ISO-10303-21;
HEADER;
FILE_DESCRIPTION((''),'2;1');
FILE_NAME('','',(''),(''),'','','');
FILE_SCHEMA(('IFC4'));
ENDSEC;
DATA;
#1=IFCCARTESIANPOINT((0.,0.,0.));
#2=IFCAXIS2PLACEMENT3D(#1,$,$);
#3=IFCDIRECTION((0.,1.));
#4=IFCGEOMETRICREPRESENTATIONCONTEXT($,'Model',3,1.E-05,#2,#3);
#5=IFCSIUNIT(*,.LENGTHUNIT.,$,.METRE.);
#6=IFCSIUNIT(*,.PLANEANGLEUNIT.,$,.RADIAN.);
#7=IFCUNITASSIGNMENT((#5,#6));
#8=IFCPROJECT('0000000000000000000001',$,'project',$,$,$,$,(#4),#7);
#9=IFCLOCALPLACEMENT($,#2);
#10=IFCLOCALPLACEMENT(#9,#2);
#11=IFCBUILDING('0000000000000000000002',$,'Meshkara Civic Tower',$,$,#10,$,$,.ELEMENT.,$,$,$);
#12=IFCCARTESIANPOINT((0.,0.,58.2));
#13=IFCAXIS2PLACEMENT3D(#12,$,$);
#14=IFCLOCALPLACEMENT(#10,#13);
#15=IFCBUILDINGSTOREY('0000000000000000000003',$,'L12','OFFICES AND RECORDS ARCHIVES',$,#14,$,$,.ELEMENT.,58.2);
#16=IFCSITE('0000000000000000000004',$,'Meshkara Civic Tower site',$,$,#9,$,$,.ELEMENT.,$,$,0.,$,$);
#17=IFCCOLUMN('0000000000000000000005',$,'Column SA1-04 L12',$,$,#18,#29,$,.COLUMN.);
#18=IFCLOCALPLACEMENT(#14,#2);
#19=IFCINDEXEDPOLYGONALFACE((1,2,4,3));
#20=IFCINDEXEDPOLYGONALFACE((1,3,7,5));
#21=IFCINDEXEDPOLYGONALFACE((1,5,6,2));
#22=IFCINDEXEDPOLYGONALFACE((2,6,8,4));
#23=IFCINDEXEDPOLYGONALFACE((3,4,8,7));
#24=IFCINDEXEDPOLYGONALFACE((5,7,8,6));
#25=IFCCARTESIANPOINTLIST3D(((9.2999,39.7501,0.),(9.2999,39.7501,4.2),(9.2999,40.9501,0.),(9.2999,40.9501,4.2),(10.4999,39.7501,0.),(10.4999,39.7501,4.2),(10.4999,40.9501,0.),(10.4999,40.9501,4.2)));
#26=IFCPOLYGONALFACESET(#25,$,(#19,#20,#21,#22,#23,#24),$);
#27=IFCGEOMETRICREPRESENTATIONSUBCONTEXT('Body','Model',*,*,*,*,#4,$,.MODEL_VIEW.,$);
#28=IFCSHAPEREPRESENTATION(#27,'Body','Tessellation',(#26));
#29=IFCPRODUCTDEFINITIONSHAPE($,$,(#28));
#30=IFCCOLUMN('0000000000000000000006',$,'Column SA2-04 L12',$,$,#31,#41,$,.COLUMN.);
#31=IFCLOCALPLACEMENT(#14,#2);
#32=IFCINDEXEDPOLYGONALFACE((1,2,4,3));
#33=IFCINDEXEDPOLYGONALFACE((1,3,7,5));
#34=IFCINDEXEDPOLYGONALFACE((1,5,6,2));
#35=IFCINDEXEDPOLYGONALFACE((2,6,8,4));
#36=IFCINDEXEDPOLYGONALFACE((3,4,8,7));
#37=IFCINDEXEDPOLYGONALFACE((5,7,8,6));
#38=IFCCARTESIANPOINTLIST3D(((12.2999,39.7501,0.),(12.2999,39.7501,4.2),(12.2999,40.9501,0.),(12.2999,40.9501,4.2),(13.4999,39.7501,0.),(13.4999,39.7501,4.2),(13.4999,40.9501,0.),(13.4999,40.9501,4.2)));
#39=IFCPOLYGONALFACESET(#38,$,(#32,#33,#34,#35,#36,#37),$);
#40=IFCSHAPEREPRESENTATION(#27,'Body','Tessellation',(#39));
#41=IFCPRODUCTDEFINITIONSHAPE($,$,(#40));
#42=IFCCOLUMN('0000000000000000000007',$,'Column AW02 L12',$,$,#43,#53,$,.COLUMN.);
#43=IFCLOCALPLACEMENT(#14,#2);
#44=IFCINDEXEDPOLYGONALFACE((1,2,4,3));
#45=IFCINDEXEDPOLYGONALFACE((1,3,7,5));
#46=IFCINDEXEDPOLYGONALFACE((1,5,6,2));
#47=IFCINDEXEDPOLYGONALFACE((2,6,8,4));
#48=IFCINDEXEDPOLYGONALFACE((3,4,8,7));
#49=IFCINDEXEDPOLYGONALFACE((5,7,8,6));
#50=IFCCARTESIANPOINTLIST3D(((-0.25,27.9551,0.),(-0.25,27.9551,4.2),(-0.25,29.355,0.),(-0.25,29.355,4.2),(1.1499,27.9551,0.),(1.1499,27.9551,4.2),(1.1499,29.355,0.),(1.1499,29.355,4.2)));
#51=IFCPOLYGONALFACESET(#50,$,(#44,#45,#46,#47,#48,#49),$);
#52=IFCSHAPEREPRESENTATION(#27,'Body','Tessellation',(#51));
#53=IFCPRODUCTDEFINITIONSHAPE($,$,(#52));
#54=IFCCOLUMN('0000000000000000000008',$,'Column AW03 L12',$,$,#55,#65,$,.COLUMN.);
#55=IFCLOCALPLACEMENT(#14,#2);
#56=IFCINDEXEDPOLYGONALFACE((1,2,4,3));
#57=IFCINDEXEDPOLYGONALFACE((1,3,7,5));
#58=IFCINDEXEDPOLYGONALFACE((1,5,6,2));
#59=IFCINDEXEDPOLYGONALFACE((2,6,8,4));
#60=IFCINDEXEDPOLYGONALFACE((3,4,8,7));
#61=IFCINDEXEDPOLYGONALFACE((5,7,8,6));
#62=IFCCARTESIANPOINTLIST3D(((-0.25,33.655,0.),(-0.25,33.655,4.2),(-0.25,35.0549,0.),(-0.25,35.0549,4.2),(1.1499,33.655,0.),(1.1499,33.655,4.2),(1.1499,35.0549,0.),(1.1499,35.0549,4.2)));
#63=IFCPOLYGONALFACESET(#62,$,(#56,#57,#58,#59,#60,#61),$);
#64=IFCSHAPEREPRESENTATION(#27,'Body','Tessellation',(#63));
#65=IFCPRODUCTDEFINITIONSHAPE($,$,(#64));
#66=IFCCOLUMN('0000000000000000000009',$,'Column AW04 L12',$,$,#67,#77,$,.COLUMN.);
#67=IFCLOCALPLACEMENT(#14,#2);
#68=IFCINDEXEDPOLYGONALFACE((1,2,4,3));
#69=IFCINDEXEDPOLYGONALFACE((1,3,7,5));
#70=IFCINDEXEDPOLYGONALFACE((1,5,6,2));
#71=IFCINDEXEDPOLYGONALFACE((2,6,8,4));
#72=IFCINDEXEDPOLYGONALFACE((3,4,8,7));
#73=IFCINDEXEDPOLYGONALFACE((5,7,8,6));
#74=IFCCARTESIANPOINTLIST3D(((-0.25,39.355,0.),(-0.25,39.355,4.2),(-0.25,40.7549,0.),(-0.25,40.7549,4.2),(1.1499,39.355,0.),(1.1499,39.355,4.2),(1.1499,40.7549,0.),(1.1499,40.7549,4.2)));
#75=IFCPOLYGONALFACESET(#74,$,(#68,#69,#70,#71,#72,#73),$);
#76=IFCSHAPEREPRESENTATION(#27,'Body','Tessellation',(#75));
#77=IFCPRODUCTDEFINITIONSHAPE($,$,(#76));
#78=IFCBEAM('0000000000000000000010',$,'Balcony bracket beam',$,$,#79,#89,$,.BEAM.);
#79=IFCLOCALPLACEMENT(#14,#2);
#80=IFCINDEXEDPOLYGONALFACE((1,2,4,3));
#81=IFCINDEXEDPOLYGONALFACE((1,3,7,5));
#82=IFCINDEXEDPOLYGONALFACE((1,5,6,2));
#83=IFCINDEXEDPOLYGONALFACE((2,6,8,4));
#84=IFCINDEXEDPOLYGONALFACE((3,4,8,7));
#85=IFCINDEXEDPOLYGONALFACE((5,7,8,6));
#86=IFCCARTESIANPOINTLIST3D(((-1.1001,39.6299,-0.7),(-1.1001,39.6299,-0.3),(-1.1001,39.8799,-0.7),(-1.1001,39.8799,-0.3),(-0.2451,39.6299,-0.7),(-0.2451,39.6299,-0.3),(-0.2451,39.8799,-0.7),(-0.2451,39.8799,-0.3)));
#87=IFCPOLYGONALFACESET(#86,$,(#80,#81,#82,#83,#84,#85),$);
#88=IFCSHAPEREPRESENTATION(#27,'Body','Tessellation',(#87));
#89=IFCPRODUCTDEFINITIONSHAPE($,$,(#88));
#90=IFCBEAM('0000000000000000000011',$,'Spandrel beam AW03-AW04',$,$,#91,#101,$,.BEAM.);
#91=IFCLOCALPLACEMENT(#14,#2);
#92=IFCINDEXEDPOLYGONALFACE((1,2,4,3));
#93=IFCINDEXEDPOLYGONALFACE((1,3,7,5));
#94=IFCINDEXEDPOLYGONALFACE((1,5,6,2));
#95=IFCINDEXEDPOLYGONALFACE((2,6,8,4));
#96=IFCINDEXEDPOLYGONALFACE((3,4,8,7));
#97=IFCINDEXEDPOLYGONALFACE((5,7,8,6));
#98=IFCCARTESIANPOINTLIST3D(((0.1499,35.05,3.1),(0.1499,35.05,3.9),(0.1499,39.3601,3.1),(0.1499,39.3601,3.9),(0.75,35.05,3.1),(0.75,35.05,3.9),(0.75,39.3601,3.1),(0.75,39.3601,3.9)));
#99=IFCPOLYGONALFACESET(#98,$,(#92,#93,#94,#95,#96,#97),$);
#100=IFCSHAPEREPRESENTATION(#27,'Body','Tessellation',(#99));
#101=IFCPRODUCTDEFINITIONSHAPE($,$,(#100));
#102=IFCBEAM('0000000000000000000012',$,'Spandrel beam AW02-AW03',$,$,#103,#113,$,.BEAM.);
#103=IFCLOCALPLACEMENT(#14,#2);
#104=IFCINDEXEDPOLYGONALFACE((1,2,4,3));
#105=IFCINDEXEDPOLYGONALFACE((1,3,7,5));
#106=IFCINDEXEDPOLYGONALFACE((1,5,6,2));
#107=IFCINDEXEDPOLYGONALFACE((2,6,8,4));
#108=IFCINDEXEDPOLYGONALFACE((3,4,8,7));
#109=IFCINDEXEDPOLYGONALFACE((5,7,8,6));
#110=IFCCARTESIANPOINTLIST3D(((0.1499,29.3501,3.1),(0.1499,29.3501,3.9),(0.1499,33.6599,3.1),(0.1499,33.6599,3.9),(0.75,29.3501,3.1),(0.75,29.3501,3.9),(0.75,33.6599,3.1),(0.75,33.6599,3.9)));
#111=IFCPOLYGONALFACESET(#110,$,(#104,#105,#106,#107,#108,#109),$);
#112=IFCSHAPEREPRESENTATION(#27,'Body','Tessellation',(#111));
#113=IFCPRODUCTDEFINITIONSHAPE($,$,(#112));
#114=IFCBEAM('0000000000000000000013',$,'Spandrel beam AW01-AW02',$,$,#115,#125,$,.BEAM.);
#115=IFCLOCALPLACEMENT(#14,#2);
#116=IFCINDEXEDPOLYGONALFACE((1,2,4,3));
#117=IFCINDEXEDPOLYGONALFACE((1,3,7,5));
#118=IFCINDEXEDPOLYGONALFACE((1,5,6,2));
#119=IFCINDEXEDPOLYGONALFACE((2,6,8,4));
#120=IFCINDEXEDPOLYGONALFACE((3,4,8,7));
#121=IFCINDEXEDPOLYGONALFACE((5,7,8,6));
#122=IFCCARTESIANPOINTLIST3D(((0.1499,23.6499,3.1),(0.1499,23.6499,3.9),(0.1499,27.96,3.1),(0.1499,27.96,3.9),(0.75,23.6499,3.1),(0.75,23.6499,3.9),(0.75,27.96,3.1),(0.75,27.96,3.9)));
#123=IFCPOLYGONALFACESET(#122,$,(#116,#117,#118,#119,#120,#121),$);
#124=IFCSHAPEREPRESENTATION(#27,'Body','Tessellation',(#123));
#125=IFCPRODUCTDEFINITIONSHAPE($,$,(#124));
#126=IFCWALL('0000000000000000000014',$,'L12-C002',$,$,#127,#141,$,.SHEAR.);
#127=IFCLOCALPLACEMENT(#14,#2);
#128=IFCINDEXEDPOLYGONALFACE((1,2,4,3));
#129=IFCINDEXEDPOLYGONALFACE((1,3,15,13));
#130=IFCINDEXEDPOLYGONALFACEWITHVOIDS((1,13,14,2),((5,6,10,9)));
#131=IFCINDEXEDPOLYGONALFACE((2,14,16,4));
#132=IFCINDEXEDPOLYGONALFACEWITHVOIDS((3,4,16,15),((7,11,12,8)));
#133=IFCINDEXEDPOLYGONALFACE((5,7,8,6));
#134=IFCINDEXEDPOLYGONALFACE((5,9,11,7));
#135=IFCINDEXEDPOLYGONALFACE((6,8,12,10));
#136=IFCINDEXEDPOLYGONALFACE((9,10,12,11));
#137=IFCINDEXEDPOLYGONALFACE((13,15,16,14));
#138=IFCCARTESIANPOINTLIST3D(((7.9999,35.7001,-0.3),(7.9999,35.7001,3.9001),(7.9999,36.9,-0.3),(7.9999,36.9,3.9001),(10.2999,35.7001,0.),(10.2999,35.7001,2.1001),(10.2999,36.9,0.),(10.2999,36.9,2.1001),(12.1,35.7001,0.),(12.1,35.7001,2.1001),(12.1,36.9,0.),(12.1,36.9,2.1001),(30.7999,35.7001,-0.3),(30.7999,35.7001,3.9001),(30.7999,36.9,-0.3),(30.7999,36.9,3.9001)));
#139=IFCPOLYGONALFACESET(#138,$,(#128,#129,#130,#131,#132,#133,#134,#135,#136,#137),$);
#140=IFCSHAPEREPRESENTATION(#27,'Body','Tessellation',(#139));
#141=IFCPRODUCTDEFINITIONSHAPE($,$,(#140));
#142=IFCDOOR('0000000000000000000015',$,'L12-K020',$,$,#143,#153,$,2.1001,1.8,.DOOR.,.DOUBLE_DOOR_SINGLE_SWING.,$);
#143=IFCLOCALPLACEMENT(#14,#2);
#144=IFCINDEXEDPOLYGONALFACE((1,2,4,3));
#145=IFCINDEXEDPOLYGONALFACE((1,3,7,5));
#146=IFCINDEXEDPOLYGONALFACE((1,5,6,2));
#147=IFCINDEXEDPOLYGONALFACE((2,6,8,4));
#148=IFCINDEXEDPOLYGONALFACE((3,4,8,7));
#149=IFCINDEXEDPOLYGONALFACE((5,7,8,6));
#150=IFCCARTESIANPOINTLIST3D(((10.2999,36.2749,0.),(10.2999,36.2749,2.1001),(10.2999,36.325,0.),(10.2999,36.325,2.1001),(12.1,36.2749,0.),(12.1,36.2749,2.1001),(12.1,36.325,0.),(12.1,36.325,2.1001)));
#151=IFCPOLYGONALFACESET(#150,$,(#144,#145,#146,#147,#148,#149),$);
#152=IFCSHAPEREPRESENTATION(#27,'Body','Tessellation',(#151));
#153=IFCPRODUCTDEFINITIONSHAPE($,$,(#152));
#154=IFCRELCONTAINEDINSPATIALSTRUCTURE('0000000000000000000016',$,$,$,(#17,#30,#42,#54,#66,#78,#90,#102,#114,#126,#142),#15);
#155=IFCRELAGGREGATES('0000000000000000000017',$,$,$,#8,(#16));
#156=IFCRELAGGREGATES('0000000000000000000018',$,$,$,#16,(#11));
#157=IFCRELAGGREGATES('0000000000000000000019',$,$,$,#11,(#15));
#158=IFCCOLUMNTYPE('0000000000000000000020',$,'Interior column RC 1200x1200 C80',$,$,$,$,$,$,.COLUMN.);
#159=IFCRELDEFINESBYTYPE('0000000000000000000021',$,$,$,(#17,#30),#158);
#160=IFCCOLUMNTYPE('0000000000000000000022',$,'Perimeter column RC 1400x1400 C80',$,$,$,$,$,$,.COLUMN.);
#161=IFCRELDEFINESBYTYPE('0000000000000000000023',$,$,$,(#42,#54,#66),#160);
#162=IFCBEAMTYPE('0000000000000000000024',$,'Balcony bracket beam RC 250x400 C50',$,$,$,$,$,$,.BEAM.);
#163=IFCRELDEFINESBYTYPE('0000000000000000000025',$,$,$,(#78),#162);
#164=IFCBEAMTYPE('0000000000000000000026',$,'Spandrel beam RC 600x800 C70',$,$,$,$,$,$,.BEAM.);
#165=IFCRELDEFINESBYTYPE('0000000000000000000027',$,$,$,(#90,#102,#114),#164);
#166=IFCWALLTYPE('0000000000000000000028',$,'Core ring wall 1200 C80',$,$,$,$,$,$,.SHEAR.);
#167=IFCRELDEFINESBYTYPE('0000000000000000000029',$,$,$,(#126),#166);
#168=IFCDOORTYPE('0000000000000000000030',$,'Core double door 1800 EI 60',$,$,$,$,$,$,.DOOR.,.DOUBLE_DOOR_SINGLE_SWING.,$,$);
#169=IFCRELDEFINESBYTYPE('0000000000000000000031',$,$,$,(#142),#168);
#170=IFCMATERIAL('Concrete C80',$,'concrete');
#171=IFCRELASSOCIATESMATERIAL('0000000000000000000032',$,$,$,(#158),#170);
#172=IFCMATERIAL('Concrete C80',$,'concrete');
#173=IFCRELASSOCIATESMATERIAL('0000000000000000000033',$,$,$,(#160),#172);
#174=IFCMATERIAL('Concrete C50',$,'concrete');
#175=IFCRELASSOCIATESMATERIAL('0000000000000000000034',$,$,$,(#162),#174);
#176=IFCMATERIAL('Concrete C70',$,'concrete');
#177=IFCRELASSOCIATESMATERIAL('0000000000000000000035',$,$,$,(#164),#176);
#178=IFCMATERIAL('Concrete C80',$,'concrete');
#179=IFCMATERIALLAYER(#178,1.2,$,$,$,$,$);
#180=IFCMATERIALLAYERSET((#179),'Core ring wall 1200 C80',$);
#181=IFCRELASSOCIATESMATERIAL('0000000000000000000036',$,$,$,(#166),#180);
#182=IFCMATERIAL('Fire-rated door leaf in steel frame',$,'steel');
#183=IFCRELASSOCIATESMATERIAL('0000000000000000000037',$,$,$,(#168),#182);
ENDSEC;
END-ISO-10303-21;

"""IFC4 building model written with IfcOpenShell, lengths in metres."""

from ifc_helpers import new_model, si_unit, direction, frame, frame_2d, origin, origin_2d, place, context, subcontext, project, spatial, rectangle, extrude, material, layer, layer_set, material_profile, profile_set, type_object, element, fill, save


model = new_model("IFC4")

# Units and contexts
model_context = context("Model", 3, precision=1e-05, world=origin(), true_north=direction((0.0, 1.0)))
body_context = subcontext(model_context, "Body", "Model", "MODEL_VIEW")
ifc_project = project(units=[si_unit("LENGTHUNIT", "METRE"), si_unit("PLANEANGLEUNIT", "RADIAN")], contexts=[model_context])

# Site, building, storey
site_placement = place(None, origin())
site = spatial("IfcSite", under=ifc_project, at=site_placement, Name="Meshkara Civic Tower site", CompositionType="ELEMENT", RefElevation=0.0)
building_placement = place(site_placement, origin())
building = spatial("IfcBuilding", under=site, at=building_placement, Name="Meshkara Civic Tower", CompositionType="ELEMENT")
storey_placement = place(building_placement, frame((0.0, 0.0, 58.2)))
storey = spatial("IfcBuildingStorey", under=building, at=storey_placement, Name="L12", Description="OFFICES AND RECORDS ARCHIVES", CompositionType="ELEMENT", Elevation=58.2)

# Columns
ifc_material_1 = material(Name="Concrete C80", Category="concrete")
ifc_material_profile_1 = material_profile(ifc_material_1, rectangle(XDim=1.2, YDim=1.2, at=origin_2d()))
ifc_profile_set_1 = profile_set([ifc_material_profile_1], Name="Concrete C80")
column_type_1 = type_object("IfcColumnType", Name="Interior column RC 1200x1200 C80", PredefinedType="COLUMN", material=ifc_profile_set_1)
for number, where, z_axis, x_axis, name in (
    (1, (9.8999, 40.3501, 0.0), (0.0, 0.0, 1.0), (1.0, 0.0, 0.0), "Column SA1-04 L12"),
    (2, (12.8999, 40.3501, 0.0), (0.0, 0.0, 1.0), (1.0, 0.0, 0.0), "Column SA2-04 L12"),
):
    element("IfcColumn", number, at=place(storey_placement, frame(where, z_axis=z_axis, x_axis=x_axis)), inside=storey, type_object=column_type_1, Name=name, PredefinedType="COLUMN", context=body_context, shape_type="SweptSolid", body=[
        extrude(rectangle(XDim=1.2, YDim=1.2, at=origin_2d()), origin(), (0.0, 0.0, 1.0), 4.2),
    ])
ifc_material_2 = material(Name="Concrete C80", Category="concrete")
ifc_material_profile_2 = material_profile(ifc_material_2, rectangle(XDim=1.3999, YDim=1.3999, at=origin_2d()))
ifc_profile_set_2 = profile_set([ifc_material_profile_2], Name="Concrete C80")
column_type_2 = type_object("IfcColumnType", Name="Perimeter column RC 1400x1400 C80", PredefinedType="COLUMN", material=ifc_profile_set_2)
for number, where, z_axis, x_axis, name in (
    (3, (0.45, 28.655, 0.0), (0.0, 0.0, 1.0), (1.0, 0.0, 0.0), "Column AW02 L12"),
    (4, (0.45, 34.355, 0.0), (0.0, 0.0, 1.0), (1.0, 0.0, 0.0), "Column AW03 L12"),
    (5, (0.45, 40.0549, 0.0), (0.0, 0.0, 1.0), (1.0, 0.0, 0.0), "Column AW04 L12"),
):
    element("IfcColumn", number, at=place(storey_placement, frame(where, z_axis=z_axis, x_axis=x_axis)), inside=storey, type_object=column_type_2, Name=name, PredefinedType="COLUMN", context=body_context, shape_type="SweptSolid", body=[
        extrude(rectangle(XDim=1.3999, YDim=1.3999, at=origin_2d()), origin(), (0.0, 0.0, 1.0), 4.2),
    ])

# Beams
ifc_material_3 = material(Name="Concrete C50", Category="concrete")
ifc_material_profile_3 = material_profile(ifc_material_3, rectangle(XDim=0.25, YDim=0.3999, at=origin_2d()))
ifc_profile_set_3 = profile_set([ifc_material_profile_3], Name="Concrete C50")
beam_type_1 = type_object("IfcBeamType", Name="Balcony bracket beam RC 250x400 C50", PredefinedType="BEAM", material=ifc_profile_set_3)
beam_1_placement = place(storey_placement, frame((-0.2451, 39.7549, -0.5), z_axis=(-1.0, 0.0, 0.0), x_axis=(0.0, -1.0, 0.0)))
element("IfcBeam", 6, at=beam_1_placement, inside=storey, type_object=beam_type_1, Name="Balcony bracket beam", PredefinedType="BEAM", context=body_context, shape_type="SweptSolid", body=[
    extrude(rectangle(XDim=0.25, YDim=0.3999, at=origin_2d()), origin(), (0.0, 0.0, 1.0), 0.855),
])
ifc_material_4 = material(Name="Concrete C70", Category="concrete")
ifc_material_profile_4 = material_profile(ifc_material_4, rectangle(XDim=0.6001, YDim=0.8, at=origin_2d()))
ifc_profile_set_4 = profile_set([ifc_material_profile_4], Name="Concrete C70")
beam_type_2 = type_object("IfcBeamType", Name="Spandrel beam RC 600x800 C70", PredefinedType="BEAM", material=ifc_profile_set_4)
beam_2_placement = place(storey_placement, frame((0.45, 39.3601, 3.5), z_axis=(0.0, -1.0, 0.0), x_axis=(1.0, 0.0, 0.0)))
element("IfcBeam", 7, at=beam_2_placement, inside=storey, type_object=beam_type_2, Name="Spandrel beam AW03-AW04", PredefinedType="BEAM", context=body_context, shape_type="SweptSolid", body=[
    extrude(rectangle(XDim=0.6001, YDim=0.8, at=origin_2d()), origin(), (0.0, 0.0, 1.0), 4.3101),
])
beam_3_placement = place(storey_placement, frame((0.45, 33.6599, 3.5), z_axis=(0.0, -1.0, 0.0), x_axis=(1.0, 0.0, 0.0)))
element("IfcBeam", 8, at=beam_3_placement, inside=storey, type_object=beam_type_2, Name="Spandrel beam AW02-AW03", PredefinedType="BEAM", context=body_context, shape_type="SweptSolid", body=[
    extrude(rectangle(XDim=0.6001, YDim=0.8, at=origin_2d()), origin(), (0.0, 0.0, 1.0), 4.3098),
])
beam_4_placement = place(storey_placement, frame((0.45, 27.96, 3.5), z_axis=(0.0, -1.0, 0.0), x_axis=(1.0, 0.0, 0.0)))
element("IfcBeam", 9, at=beam_4_placement, inside=storey, type_object=beam_type_2, Name="Spandrel beam AW01-AW02", PredefinedType="BEAM", context=body_context, shape_type="SweptSolid", body=[
    extrude(rectangle(XDim=0.6001, YDim=0.8, at=origin_2d()), origin(), (0.0, 0.0, 1.0), 4.3101),
])

# Wall, opening, door
ifc_material_5 = material(Name="Concrete C80", Category="concrete")
ifc_layer_1 = layer(ifc_material_5, 1.2)
ifc_layer_set_1 = layer_set([ifc_layer_1], Name="Core ring wall 1200 C80")
wall_type_1 = type_object("IfcWallType", Name="Core ring wall 1200 C80", PredefinedType="SHEAR", material=ifc_layer_set_1)
wall_1_placement = place(storey_placement, frame((8.0, 36.3, -0.3), z_axis=(0.0, 0.0, 1.0), x_axis=(1.0, 0.0, 0.0)))
wall_1 = element("IfcWall", 10, at=wall_1_placement, inside=storey, type_object=wall_type_1, Name="L12-C002", PredefinedType="SHEAR", context=body_context, shape_type="SweptSolid", body=[
    extrude(rectangle(XDim=22.8, YDim=1.2, at=frame_2d((11.3999, 0.0))), origin(), (0.0, 0.0, 1.0), 4.2002),
])
opening_1_placement = place(wall_1_placement, frame((2.3, 0.0, 0.3)))
opening_1 = element("IfcOpeningElement", 11, at=opening_1_placement, cuts=wall_1, PredefinedType="OPENING", context=body_context, shape_type="SweptSolid", body=[
    extrude(rectangle(XDim=1.8, YDim=2.1001, at=frame_2d((0.8999, 1.05))), frame((0.0, 0.6099, 0.0), z_axis=(0.0, -1.0, 0.0), x_axis=(1.0, 0.0, 0.0)), (0.0, 0.0, 1.0), 1.22),
])
ifc_material_6 = material(Name="Fire-rated door leaf in steel frame", Category="steel")
door_type_1 = type_object("IfcDoorType", Name="Core double door 1800 EI 60", OperationType="DOUBLE_DOOR_SINGLE_SWING", PredefinedType="DOOR", material=ifc_material_6)
door_1_placement = place(opening_1_placement, origin())
door_1 = element("IfcDoor", 12, at=door_1_placement, inside=storey, type_object=door_type_1, Name="L12-K020", OperationType="DOUBLE_DOOR_SINGLE_SWING", OverallHeight=2.1001, OverallWidth=1.8, PredefinedType="DOOR", context=body_context, shape_type="SweptSolid", body=[
    extrude(rectangle(XDim=1.8, YDim=2.1001, at=frame_2d((0.8999, 1.05))), frame((0.0, 0.0249, 0.0), z_axis=(0.0, -1.0, 0.0), x_axis=(1.0, 0.0, 0.0)), (0.0, 0.0, 1.0), 0.05),
])
fill(opening_1, door_1)

save(model, "model.ifc")
